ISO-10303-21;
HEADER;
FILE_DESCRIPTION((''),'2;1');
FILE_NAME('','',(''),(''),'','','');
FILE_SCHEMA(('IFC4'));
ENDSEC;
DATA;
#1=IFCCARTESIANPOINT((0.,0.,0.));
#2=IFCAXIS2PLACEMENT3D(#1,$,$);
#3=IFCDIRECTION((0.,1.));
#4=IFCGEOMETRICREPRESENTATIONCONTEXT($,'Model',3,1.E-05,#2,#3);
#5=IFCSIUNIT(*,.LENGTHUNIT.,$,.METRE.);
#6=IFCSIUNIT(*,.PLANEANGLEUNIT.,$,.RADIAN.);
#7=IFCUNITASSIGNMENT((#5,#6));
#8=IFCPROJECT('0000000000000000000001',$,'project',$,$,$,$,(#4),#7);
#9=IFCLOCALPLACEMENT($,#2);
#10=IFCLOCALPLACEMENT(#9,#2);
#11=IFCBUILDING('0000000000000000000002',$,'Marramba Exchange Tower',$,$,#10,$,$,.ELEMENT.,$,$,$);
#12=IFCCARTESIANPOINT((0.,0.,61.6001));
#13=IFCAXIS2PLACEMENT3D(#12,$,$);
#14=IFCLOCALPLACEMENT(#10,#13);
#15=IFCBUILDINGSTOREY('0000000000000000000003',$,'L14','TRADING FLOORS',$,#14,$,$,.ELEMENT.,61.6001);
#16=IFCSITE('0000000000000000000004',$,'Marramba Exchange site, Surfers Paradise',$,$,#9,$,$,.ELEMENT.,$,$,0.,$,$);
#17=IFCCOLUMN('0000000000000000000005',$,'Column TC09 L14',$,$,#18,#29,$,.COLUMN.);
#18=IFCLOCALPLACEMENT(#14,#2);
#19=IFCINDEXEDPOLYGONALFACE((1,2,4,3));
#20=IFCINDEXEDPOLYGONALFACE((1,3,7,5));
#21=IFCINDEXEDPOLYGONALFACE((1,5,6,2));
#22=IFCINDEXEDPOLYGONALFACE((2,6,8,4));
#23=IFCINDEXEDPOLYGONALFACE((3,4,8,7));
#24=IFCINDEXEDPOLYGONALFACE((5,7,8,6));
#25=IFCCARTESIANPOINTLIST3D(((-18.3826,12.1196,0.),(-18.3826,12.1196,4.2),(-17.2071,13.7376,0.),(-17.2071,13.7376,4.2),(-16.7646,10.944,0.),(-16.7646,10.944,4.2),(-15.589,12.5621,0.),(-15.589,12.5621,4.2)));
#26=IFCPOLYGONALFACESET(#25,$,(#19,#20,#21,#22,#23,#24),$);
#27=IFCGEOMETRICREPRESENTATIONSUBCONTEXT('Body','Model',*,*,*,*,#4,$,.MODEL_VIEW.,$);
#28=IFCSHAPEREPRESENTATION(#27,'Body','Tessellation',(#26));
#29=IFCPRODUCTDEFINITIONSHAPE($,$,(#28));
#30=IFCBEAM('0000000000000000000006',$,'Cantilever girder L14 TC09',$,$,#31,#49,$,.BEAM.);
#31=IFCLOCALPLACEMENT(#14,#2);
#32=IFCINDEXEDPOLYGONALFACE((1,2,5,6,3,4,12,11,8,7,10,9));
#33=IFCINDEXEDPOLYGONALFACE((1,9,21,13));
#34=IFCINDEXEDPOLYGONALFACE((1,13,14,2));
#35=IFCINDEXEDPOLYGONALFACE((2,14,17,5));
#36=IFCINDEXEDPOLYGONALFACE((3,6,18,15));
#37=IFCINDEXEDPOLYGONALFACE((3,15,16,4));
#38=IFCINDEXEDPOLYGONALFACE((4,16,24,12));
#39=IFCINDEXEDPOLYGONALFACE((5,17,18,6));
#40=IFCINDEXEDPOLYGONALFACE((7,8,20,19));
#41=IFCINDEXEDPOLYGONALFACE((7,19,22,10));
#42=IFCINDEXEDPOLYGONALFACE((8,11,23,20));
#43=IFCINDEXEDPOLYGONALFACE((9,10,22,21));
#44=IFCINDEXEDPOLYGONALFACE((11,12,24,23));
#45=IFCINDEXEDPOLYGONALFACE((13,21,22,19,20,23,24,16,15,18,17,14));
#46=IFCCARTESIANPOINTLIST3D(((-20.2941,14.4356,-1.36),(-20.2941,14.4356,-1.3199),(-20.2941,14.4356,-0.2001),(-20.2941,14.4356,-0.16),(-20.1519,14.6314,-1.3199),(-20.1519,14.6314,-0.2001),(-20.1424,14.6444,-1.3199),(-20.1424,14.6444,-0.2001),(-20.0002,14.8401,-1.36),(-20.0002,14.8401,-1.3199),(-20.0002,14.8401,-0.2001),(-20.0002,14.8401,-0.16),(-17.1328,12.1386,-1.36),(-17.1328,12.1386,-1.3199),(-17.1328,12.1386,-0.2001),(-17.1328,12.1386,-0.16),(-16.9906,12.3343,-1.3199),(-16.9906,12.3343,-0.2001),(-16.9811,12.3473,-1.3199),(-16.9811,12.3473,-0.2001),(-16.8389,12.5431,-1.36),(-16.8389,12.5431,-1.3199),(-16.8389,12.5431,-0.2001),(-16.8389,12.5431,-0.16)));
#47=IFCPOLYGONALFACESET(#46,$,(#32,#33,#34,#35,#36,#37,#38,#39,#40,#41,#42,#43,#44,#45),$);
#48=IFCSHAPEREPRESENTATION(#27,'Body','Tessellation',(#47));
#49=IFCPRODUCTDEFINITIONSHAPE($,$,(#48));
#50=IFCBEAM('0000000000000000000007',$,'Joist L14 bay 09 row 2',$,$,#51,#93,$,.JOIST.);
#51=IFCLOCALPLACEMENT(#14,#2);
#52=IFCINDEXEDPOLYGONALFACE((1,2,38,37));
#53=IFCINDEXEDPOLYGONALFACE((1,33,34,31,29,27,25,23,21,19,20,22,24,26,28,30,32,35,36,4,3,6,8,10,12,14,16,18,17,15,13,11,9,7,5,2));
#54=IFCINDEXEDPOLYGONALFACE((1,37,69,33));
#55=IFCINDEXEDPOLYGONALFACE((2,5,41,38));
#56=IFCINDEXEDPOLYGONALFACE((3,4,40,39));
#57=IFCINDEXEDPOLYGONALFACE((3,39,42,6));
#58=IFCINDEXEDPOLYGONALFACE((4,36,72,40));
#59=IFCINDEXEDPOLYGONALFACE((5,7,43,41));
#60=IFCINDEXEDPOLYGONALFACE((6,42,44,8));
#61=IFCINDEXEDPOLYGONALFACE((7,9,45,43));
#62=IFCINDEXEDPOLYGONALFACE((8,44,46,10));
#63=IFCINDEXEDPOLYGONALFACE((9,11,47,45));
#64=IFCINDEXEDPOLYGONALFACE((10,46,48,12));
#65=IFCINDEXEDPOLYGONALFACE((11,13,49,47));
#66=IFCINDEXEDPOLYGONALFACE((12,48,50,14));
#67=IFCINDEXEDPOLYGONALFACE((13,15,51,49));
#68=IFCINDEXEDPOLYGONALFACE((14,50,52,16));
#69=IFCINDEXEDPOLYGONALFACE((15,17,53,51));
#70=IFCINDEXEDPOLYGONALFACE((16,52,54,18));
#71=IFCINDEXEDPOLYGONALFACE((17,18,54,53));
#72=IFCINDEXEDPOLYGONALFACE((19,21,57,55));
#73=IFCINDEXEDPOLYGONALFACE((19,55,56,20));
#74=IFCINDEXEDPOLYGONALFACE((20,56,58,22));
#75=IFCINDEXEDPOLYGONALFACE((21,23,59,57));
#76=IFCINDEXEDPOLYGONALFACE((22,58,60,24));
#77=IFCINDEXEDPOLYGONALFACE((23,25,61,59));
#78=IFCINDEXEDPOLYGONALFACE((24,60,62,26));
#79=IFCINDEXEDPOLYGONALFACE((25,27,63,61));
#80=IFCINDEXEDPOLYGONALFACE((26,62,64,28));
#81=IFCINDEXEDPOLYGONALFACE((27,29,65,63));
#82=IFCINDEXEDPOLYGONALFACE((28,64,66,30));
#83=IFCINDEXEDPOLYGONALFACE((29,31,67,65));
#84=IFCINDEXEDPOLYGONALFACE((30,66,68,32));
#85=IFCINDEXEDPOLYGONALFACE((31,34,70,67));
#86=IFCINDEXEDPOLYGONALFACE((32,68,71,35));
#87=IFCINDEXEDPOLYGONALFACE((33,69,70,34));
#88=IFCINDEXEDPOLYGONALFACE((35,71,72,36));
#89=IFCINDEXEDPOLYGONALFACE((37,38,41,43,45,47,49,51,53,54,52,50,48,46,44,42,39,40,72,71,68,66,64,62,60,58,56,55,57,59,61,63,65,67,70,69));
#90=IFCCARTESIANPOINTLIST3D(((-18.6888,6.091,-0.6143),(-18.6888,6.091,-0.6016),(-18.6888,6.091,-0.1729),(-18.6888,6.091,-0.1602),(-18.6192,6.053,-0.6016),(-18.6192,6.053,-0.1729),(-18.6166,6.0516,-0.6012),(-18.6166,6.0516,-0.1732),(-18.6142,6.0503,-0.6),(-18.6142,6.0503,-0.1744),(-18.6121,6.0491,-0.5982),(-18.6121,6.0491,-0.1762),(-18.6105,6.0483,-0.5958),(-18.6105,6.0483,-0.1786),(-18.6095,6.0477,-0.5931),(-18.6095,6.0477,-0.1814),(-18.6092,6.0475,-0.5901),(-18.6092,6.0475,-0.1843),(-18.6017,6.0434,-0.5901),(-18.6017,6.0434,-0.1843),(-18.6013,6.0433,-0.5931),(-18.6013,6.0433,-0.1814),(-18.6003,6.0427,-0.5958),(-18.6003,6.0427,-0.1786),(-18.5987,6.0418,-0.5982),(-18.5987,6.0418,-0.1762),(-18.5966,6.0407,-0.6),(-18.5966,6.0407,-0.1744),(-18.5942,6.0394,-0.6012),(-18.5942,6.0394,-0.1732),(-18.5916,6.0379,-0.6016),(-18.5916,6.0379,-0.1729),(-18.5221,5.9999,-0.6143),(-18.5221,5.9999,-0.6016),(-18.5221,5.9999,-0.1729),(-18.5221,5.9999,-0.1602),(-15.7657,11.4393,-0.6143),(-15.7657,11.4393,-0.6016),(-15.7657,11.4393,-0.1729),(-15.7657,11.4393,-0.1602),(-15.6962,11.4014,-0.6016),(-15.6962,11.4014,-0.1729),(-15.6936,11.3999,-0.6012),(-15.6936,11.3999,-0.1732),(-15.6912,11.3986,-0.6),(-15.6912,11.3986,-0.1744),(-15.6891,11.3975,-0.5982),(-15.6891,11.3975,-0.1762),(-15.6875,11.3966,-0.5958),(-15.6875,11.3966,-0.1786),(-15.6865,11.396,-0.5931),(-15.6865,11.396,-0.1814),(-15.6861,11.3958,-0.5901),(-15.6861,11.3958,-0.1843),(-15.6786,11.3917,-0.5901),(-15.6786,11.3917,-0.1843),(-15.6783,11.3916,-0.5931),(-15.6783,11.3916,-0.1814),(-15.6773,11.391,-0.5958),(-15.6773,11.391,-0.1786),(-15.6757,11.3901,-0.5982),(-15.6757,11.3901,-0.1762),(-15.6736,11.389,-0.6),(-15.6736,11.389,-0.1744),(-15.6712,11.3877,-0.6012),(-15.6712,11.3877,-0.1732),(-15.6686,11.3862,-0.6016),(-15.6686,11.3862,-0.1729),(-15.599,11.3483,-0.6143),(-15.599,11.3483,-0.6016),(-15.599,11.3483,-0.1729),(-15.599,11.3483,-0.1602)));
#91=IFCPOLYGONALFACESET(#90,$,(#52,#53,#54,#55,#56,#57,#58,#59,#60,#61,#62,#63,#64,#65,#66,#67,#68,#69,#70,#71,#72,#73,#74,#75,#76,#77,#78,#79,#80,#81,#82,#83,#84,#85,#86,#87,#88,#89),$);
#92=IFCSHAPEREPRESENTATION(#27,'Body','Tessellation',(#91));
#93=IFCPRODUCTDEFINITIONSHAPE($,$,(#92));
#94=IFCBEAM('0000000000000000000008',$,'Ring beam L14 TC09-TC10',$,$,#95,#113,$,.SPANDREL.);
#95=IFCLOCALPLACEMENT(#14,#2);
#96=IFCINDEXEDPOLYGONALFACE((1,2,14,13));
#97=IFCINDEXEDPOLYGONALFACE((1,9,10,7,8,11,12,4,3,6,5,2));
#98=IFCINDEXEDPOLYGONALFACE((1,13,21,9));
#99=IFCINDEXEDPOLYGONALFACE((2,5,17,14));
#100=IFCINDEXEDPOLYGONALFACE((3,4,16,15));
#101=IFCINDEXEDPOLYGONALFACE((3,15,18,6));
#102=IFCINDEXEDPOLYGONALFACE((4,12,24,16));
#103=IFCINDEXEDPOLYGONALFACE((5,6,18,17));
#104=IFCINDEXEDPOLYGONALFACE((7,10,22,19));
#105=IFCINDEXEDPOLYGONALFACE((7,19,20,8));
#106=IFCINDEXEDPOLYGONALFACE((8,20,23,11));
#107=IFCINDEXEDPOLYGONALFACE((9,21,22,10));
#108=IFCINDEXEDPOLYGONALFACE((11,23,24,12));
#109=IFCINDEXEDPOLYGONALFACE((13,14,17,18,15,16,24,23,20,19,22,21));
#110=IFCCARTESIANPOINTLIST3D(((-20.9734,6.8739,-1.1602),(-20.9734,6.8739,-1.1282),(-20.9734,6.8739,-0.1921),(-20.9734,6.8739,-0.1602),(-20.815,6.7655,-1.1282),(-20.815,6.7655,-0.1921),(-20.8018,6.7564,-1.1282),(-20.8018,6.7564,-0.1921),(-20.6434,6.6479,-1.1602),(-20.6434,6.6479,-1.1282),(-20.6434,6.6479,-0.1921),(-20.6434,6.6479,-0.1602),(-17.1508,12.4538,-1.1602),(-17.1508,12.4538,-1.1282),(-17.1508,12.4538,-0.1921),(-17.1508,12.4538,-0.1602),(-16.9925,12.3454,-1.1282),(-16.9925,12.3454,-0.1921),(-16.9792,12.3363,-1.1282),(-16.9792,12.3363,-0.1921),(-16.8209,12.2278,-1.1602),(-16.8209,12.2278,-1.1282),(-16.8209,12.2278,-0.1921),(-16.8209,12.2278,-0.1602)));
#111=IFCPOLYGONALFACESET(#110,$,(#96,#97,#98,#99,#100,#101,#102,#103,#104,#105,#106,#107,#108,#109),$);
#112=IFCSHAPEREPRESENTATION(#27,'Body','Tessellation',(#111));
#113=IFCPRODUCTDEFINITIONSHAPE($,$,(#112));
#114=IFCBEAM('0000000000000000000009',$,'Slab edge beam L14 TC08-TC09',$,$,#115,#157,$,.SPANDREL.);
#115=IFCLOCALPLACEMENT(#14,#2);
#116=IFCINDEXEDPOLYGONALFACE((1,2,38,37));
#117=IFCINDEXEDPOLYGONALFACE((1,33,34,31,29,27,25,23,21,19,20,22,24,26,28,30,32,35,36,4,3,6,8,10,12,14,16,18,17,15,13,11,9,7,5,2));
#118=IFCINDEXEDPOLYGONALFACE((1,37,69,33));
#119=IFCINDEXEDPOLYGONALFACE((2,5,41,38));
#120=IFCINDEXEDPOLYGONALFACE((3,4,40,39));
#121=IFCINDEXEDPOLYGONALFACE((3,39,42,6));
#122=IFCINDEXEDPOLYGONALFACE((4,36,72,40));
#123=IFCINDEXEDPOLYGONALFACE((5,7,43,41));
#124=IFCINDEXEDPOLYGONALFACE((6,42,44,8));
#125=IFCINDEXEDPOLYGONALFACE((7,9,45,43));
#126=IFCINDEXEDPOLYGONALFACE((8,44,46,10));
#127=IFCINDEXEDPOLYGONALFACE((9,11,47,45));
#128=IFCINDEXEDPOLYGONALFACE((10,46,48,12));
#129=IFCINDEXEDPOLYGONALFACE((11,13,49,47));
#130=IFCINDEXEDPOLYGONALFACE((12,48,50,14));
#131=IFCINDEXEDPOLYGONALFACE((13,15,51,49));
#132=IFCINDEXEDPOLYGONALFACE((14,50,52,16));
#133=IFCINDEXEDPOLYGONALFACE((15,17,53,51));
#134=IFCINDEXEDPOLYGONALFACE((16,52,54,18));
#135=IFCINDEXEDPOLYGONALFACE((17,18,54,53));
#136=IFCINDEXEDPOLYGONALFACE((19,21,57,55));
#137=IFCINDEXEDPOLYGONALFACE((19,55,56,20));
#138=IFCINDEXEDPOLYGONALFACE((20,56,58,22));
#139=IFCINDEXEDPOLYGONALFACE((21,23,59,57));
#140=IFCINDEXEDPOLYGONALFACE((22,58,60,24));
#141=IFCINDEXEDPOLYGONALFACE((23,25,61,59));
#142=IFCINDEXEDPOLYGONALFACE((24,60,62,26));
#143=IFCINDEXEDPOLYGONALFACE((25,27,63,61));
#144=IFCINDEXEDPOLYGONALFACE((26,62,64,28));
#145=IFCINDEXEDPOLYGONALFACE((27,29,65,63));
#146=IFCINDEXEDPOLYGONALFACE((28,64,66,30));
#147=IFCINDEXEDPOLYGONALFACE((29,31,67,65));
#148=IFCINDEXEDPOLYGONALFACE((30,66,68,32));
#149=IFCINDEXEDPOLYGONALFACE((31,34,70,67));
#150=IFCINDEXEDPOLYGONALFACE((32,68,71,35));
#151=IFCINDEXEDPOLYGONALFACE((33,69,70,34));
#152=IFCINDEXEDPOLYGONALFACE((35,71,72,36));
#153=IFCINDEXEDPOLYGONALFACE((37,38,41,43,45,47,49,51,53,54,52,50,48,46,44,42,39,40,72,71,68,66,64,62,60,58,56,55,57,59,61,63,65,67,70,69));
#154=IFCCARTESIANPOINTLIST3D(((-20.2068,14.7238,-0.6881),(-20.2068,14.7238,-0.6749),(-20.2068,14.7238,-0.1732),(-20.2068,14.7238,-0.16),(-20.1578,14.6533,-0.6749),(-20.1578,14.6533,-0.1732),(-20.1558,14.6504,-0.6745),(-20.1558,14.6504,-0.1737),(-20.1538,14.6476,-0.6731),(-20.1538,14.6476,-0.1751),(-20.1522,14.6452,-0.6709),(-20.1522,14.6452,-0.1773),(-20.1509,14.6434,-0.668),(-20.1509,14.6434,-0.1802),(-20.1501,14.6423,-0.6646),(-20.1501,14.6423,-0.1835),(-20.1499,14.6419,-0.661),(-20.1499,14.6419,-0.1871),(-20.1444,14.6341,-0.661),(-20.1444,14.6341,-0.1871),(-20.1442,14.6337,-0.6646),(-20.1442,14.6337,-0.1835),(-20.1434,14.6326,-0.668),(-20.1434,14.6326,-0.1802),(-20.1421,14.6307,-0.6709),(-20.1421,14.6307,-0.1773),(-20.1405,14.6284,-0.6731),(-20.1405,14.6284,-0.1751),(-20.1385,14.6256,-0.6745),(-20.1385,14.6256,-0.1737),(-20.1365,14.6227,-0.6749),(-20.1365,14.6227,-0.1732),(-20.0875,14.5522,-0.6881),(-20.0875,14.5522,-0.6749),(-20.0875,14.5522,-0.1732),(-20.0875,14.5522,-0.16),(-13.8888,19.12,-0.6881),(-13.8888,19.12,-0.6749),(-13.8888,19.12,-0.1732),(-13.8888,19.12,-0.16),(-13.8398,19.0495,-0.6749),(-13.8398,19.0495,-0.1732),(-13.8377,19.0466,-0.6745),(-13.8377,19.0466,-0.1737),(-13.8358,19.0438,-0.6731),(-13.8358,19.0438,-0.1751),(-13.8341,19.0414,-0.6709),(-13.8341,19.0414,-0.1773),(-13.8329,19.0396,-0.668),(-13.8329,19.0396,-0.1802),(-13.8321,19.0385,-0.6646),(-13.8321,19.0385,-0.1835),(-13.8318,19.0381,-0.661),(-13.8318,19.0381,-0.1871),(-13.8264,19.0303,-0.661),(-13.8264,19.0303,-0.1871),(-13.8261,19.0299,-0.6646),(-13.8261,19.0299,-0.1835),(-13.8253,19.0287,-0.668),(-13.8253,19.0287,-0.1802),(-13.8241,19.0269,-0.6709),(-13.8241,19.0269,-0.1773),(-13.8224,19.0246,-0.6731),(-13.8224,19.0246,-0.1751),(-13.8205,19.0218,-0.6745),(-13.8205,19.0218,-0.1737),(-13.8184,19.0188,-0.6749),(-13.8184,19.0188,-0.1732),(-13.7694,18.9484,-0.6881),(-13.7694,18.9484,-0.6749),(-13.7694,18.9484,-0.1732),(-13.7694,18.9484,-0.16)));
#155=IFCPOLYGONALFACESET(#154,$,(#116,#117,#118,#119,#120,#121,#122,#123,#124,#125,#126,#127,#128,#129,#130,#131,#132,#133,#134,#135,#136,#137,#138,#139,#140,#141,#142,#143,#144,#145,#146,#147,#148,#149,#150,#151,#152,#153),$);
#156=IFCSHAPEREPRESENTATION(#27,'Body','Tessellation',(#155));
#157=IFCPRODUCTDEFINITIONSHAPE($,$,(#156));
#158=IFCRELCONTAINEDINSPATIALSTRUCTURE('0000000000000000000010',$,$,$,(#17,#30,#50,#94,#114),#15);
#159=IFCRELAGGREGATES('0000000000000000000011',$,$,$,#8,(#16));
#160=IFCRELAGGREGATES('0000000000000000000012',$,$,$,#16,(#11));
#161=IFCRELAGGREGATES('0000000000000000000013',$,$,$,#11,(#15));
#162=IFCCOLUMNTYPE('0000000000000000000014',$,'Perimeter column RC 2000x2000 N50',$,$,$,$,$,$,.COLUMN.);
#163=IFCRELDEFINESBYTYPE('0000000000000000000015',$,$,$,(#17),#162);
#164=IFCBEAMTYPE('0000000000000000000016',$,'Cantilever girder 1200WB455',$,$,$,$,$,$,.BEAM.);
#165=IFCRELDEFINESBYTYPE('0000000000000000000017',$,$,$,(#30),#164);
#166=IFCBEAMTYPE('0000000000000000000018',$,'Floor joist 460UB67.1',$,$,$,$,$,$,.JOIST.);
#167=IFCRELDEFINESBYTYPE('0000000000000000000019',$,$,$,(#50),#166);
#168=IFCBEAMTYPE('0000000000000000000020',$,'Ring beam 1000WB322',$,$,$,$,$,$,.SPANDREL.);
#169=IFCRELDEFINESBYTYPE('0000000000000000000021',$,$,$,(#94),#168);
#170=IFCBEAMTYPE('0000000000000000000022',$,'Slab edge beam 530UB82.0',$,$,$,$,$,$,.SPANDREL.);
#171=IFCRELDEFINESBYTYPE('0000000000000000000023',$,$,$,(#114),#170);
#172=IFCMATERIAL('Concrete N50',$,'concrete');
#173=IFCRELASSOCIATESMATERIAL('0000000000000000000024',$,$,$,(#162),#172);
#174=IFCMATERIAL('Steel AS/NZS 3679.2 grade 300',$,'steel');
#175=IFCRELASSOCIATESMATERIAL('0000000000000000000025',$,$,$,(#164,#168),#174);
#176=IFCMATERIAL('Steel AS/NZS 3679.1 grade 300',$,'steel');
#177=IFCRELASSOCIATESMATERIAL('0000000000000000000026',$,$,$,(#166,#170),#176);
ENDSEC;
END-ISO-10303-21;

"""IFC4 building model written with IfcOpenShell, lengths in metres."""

from ifc_helpers import new_model, si_unit, direction, frame, origin, origin_2d, place, context, subcontext, project, spatial, rectangle, i_section, extrude, material, material_profile, profile_set, type_object, element, save


model = new_model("IFC4")

# Units and contexts
model_context = context("Model", 3, precision=1e-05, world=origin(), true_north=direction((0.0, 1.0)))
body_context = subcontext(model_context, "Body", "Model", "MODEL_VIEW")
ifc_project = project(units=[si_unit("LENGTHUNIT", "METRE"), si_unit("PLANEANGLEUNIT", "RADIAN")], contexts=[model_context])

# Site, building, storey
site_placement = place(None, origin())
site = spatial("IfcSite", under=ifc_project, at=site_placement, Name="Marramba Exchange site, Surfers Paradise", CompositionType="ELEMENT", RefElevation=0.0)
building_placement = place(site_placement, origin())
building = spatial("IfcBuilding", under=site, at=building_placement, Name="Marramba Exchange Tower", CompositionType="ELEMENT")
storey_placement = place(building_placement, frame((0.0, 0.0, 61.6001)))
storey = spatial("IfcBuildingStorey", under=building, at=storey_placement, Name="L14", Description="TRADING FLOORS", CompositionType="ELEMENT", Elevation=61.6001)

# Column
ifc_material_1 = material(Name="Concrete N50", Category="concrete")
ifc_material_profile_1 = material_profile(ifc_material_1, rectangle(XDim=2.0, YDim=2.0, at=origin_2d()), Name="RC 2000x2000")
ifc_profile_set_1 = profile_set([ifc_material_profile_1], Name="Concrete N50")
column_type = type_object("IfcColumnType", Name="Perimeter column RC 2000x2000 N50", PredefinedType="COLUMN", material=ifc_profile_set_1)
column_placement = place(storey_placement, frame((-16.9858, 12.3408, 0.0), z_axis=(0.0, 0.0, 1.0), x_axis=(-0.809017, 0.587785, 0.0)))
element("IfcColumn", 1, at=column_placement, inside=storey, type_object=column_type, Name="Column TC09 L14", PredefinedType="COLUMN", context=body_context, shape_type="SweptSolid", body=[
    extrude(rectangle(XDim=2.0, YDim=2.0, at=origin_2d()), origin(), (0.0, 0.0, 1.0), 4.2),
])

# Beams
ifc_material_2 = material(Name="Steel AS/NZS 3679.2 grade 300", Category="steel")
ifc_material_profile_2 = material_profile(ifc_material_2, i_section(OverallWidth=0.5, OverallDepth=1.2, WebThickness=0.0161, FlangeThickness=0.04, at=origin_2d()), Name="1200WB455")
ifc_profile_set_2 = profile_set([ifc_material_profile_2], Name="Steel AS/NZS 3679.2 grade 300")
beam_type_1 = type_object("IfcBeamType", Name="Cantilever girder 1200WB455", PredefinedType="BEAM", material=ifc_profile_set_2)
beam_1_placement = place(storey_placement, frame((-16.9858, 12.3408, -0.76), z_axis=(-0.808987, 0.587826, 0.0), x_axis=(-0.587826, -0.808987, 0.0)))
element("IfcBeam", 2, at=beam_1_placement, inside=storey, type_object=beam_type_1, Name="Cantilever girder L14 TC09", PredefinedType="BEAM", context=body_context, shape_type="SweptSolid", body=[
    extrude(i_section(OverallWidth=0.5, OverallDepth=1.2, WebThickness=0.0161, FlangeThickness=0.04, at=origin_2d()), origin(), (0.0, 0.0, 1.0), 3.9077),
])
ifc_material_3 = material(Name="Steel AS/NZS 3679.1 grade 300", Category="steel")
ifc_material_profile_3 = material_profile(ifc_material_3, i_section(OverallWidth=0.1899, OverallDepth=0.4541, WebThickness=0.0085, FlangeThickness=0.0127, FilletRadius=0.0115, at=origin_2d()), Name="460UB67.1")
ifc_profile_set_3 = profile_set([ifc_material_profile_3], Name="Steel AS/NZS 3679.1 grade 300")
beam_type_2 = type_object("IfcBeamType", Name="Floor joist 460UB67.1", PredefinedType="JOIST", material=ifc_profile_set_3)
beam_2_placement = place(storey_placement, frame((-15.6824, 11.3938, -0.3872), z_axis=(-0.479584, -0.877496, 0.0), x_axis=(0.877496, -0.479584, 0.0)))
element("IfcBeam", 3, at=beam_2_placement, inside=storey, type_object=beam_type_2, Name="Joist L14 bay 09 row 2", PredefinedType="JOIST", context=body_context, shape_type="SweptSolid", body=[
    extrude(i_section(OverallWidth=0.1899, OverallDepth=0.4541, WebThickness=0.0085, FlangeThickness=0.0127, FilletRadius=0.0115, at=origin_2d()), origin(), (0.0, 0.0, 1.0), 6.095),
])
ifc_material_profile_4 = material_profile(ifc_material_2, i_section(OverallWidth=0.3999, OverallDepth=1.0, WebThickness=0.0161, FlangeThickness=0.032, at=origin_2d()), Name="1000WB322")
ifc_profile_set_4 = profile_set([ifc_material_profile_4], Name="Steel AS/NZS 3679.2 grade 300")
beam_type_3 = type_object("IfcBeamType", Name="Ring beam 1000WB322", PredefinedType="SPANDREL", material=ifc_profile_set_4)
beam_3_placement = place(storey_placement, frame((-16.9858, 12.3408, -0.6602), z_axis=(-0.56516, -0.824981, 0.0), x_axis=(0.824981, -0.56516, 0.0)))
element("IfcBeam", 4, at=beam_3_placement, inside=storey, type_object=beam_type_3, Name="Ring beam L14 TC09-TC10", PredefinedType="SPANDREL", context=body_context, shape_type="SweptSolid", body=[
    extrude(i_section(OverallWidth=0.3999, OverallDepth=1.0, WebThickness=0.0161, FlangeThickness=0.032, at=origin_2d()), origin(), (0.0, 0.0, 1.0), 6.7637),
])
ifc_material_profile_5 = material_profile(ifc_material_3, i_section(OverallWidth=0.209, OverallDepth=0.5281, WebThickness=0.0095, FlangeThickness=0.0132, FilletRadius=0.0139, at=origin_2d()), Name="530UB82.0")
ifc_profile_set_5 = profile_set([ifc_material_profile_5], Name="Steel AS/NZS 3679.1 grade 300")
beam_type_4 = type_object("IfcBeamType", Name="Slab edge beam 530UB82.0", PredefinedType="SPANDREL", material=ifc_profile_set_5)
beam_4_placement = place(storey_placement, frame((-13.8291, 19.0342, -0.4241), z_axis=(-0.820842, -0.571155, 0.0), x_axis=(0.571155, -0.820842, 0.0)))
element("IfcBeam", 5, at=beam_4_placement, inside=storey, type_object=beam_type_4, Name="Slab edge beam L14 TC08-TC09", PredefinedType="SPANDREL", context=body_context, shape_type="SweptSolid", body=[
    extrude(i_section(OverallWidth=0.209, OverallDepth=0.5281, WebThickness=0.0095, FlangeThickness=0.0132, FilletRadius=0.0139, at=origin_2d()), origin(), (0.0, 0.0, 1.0), 7.697),
])

save(model, "model.ifc")
